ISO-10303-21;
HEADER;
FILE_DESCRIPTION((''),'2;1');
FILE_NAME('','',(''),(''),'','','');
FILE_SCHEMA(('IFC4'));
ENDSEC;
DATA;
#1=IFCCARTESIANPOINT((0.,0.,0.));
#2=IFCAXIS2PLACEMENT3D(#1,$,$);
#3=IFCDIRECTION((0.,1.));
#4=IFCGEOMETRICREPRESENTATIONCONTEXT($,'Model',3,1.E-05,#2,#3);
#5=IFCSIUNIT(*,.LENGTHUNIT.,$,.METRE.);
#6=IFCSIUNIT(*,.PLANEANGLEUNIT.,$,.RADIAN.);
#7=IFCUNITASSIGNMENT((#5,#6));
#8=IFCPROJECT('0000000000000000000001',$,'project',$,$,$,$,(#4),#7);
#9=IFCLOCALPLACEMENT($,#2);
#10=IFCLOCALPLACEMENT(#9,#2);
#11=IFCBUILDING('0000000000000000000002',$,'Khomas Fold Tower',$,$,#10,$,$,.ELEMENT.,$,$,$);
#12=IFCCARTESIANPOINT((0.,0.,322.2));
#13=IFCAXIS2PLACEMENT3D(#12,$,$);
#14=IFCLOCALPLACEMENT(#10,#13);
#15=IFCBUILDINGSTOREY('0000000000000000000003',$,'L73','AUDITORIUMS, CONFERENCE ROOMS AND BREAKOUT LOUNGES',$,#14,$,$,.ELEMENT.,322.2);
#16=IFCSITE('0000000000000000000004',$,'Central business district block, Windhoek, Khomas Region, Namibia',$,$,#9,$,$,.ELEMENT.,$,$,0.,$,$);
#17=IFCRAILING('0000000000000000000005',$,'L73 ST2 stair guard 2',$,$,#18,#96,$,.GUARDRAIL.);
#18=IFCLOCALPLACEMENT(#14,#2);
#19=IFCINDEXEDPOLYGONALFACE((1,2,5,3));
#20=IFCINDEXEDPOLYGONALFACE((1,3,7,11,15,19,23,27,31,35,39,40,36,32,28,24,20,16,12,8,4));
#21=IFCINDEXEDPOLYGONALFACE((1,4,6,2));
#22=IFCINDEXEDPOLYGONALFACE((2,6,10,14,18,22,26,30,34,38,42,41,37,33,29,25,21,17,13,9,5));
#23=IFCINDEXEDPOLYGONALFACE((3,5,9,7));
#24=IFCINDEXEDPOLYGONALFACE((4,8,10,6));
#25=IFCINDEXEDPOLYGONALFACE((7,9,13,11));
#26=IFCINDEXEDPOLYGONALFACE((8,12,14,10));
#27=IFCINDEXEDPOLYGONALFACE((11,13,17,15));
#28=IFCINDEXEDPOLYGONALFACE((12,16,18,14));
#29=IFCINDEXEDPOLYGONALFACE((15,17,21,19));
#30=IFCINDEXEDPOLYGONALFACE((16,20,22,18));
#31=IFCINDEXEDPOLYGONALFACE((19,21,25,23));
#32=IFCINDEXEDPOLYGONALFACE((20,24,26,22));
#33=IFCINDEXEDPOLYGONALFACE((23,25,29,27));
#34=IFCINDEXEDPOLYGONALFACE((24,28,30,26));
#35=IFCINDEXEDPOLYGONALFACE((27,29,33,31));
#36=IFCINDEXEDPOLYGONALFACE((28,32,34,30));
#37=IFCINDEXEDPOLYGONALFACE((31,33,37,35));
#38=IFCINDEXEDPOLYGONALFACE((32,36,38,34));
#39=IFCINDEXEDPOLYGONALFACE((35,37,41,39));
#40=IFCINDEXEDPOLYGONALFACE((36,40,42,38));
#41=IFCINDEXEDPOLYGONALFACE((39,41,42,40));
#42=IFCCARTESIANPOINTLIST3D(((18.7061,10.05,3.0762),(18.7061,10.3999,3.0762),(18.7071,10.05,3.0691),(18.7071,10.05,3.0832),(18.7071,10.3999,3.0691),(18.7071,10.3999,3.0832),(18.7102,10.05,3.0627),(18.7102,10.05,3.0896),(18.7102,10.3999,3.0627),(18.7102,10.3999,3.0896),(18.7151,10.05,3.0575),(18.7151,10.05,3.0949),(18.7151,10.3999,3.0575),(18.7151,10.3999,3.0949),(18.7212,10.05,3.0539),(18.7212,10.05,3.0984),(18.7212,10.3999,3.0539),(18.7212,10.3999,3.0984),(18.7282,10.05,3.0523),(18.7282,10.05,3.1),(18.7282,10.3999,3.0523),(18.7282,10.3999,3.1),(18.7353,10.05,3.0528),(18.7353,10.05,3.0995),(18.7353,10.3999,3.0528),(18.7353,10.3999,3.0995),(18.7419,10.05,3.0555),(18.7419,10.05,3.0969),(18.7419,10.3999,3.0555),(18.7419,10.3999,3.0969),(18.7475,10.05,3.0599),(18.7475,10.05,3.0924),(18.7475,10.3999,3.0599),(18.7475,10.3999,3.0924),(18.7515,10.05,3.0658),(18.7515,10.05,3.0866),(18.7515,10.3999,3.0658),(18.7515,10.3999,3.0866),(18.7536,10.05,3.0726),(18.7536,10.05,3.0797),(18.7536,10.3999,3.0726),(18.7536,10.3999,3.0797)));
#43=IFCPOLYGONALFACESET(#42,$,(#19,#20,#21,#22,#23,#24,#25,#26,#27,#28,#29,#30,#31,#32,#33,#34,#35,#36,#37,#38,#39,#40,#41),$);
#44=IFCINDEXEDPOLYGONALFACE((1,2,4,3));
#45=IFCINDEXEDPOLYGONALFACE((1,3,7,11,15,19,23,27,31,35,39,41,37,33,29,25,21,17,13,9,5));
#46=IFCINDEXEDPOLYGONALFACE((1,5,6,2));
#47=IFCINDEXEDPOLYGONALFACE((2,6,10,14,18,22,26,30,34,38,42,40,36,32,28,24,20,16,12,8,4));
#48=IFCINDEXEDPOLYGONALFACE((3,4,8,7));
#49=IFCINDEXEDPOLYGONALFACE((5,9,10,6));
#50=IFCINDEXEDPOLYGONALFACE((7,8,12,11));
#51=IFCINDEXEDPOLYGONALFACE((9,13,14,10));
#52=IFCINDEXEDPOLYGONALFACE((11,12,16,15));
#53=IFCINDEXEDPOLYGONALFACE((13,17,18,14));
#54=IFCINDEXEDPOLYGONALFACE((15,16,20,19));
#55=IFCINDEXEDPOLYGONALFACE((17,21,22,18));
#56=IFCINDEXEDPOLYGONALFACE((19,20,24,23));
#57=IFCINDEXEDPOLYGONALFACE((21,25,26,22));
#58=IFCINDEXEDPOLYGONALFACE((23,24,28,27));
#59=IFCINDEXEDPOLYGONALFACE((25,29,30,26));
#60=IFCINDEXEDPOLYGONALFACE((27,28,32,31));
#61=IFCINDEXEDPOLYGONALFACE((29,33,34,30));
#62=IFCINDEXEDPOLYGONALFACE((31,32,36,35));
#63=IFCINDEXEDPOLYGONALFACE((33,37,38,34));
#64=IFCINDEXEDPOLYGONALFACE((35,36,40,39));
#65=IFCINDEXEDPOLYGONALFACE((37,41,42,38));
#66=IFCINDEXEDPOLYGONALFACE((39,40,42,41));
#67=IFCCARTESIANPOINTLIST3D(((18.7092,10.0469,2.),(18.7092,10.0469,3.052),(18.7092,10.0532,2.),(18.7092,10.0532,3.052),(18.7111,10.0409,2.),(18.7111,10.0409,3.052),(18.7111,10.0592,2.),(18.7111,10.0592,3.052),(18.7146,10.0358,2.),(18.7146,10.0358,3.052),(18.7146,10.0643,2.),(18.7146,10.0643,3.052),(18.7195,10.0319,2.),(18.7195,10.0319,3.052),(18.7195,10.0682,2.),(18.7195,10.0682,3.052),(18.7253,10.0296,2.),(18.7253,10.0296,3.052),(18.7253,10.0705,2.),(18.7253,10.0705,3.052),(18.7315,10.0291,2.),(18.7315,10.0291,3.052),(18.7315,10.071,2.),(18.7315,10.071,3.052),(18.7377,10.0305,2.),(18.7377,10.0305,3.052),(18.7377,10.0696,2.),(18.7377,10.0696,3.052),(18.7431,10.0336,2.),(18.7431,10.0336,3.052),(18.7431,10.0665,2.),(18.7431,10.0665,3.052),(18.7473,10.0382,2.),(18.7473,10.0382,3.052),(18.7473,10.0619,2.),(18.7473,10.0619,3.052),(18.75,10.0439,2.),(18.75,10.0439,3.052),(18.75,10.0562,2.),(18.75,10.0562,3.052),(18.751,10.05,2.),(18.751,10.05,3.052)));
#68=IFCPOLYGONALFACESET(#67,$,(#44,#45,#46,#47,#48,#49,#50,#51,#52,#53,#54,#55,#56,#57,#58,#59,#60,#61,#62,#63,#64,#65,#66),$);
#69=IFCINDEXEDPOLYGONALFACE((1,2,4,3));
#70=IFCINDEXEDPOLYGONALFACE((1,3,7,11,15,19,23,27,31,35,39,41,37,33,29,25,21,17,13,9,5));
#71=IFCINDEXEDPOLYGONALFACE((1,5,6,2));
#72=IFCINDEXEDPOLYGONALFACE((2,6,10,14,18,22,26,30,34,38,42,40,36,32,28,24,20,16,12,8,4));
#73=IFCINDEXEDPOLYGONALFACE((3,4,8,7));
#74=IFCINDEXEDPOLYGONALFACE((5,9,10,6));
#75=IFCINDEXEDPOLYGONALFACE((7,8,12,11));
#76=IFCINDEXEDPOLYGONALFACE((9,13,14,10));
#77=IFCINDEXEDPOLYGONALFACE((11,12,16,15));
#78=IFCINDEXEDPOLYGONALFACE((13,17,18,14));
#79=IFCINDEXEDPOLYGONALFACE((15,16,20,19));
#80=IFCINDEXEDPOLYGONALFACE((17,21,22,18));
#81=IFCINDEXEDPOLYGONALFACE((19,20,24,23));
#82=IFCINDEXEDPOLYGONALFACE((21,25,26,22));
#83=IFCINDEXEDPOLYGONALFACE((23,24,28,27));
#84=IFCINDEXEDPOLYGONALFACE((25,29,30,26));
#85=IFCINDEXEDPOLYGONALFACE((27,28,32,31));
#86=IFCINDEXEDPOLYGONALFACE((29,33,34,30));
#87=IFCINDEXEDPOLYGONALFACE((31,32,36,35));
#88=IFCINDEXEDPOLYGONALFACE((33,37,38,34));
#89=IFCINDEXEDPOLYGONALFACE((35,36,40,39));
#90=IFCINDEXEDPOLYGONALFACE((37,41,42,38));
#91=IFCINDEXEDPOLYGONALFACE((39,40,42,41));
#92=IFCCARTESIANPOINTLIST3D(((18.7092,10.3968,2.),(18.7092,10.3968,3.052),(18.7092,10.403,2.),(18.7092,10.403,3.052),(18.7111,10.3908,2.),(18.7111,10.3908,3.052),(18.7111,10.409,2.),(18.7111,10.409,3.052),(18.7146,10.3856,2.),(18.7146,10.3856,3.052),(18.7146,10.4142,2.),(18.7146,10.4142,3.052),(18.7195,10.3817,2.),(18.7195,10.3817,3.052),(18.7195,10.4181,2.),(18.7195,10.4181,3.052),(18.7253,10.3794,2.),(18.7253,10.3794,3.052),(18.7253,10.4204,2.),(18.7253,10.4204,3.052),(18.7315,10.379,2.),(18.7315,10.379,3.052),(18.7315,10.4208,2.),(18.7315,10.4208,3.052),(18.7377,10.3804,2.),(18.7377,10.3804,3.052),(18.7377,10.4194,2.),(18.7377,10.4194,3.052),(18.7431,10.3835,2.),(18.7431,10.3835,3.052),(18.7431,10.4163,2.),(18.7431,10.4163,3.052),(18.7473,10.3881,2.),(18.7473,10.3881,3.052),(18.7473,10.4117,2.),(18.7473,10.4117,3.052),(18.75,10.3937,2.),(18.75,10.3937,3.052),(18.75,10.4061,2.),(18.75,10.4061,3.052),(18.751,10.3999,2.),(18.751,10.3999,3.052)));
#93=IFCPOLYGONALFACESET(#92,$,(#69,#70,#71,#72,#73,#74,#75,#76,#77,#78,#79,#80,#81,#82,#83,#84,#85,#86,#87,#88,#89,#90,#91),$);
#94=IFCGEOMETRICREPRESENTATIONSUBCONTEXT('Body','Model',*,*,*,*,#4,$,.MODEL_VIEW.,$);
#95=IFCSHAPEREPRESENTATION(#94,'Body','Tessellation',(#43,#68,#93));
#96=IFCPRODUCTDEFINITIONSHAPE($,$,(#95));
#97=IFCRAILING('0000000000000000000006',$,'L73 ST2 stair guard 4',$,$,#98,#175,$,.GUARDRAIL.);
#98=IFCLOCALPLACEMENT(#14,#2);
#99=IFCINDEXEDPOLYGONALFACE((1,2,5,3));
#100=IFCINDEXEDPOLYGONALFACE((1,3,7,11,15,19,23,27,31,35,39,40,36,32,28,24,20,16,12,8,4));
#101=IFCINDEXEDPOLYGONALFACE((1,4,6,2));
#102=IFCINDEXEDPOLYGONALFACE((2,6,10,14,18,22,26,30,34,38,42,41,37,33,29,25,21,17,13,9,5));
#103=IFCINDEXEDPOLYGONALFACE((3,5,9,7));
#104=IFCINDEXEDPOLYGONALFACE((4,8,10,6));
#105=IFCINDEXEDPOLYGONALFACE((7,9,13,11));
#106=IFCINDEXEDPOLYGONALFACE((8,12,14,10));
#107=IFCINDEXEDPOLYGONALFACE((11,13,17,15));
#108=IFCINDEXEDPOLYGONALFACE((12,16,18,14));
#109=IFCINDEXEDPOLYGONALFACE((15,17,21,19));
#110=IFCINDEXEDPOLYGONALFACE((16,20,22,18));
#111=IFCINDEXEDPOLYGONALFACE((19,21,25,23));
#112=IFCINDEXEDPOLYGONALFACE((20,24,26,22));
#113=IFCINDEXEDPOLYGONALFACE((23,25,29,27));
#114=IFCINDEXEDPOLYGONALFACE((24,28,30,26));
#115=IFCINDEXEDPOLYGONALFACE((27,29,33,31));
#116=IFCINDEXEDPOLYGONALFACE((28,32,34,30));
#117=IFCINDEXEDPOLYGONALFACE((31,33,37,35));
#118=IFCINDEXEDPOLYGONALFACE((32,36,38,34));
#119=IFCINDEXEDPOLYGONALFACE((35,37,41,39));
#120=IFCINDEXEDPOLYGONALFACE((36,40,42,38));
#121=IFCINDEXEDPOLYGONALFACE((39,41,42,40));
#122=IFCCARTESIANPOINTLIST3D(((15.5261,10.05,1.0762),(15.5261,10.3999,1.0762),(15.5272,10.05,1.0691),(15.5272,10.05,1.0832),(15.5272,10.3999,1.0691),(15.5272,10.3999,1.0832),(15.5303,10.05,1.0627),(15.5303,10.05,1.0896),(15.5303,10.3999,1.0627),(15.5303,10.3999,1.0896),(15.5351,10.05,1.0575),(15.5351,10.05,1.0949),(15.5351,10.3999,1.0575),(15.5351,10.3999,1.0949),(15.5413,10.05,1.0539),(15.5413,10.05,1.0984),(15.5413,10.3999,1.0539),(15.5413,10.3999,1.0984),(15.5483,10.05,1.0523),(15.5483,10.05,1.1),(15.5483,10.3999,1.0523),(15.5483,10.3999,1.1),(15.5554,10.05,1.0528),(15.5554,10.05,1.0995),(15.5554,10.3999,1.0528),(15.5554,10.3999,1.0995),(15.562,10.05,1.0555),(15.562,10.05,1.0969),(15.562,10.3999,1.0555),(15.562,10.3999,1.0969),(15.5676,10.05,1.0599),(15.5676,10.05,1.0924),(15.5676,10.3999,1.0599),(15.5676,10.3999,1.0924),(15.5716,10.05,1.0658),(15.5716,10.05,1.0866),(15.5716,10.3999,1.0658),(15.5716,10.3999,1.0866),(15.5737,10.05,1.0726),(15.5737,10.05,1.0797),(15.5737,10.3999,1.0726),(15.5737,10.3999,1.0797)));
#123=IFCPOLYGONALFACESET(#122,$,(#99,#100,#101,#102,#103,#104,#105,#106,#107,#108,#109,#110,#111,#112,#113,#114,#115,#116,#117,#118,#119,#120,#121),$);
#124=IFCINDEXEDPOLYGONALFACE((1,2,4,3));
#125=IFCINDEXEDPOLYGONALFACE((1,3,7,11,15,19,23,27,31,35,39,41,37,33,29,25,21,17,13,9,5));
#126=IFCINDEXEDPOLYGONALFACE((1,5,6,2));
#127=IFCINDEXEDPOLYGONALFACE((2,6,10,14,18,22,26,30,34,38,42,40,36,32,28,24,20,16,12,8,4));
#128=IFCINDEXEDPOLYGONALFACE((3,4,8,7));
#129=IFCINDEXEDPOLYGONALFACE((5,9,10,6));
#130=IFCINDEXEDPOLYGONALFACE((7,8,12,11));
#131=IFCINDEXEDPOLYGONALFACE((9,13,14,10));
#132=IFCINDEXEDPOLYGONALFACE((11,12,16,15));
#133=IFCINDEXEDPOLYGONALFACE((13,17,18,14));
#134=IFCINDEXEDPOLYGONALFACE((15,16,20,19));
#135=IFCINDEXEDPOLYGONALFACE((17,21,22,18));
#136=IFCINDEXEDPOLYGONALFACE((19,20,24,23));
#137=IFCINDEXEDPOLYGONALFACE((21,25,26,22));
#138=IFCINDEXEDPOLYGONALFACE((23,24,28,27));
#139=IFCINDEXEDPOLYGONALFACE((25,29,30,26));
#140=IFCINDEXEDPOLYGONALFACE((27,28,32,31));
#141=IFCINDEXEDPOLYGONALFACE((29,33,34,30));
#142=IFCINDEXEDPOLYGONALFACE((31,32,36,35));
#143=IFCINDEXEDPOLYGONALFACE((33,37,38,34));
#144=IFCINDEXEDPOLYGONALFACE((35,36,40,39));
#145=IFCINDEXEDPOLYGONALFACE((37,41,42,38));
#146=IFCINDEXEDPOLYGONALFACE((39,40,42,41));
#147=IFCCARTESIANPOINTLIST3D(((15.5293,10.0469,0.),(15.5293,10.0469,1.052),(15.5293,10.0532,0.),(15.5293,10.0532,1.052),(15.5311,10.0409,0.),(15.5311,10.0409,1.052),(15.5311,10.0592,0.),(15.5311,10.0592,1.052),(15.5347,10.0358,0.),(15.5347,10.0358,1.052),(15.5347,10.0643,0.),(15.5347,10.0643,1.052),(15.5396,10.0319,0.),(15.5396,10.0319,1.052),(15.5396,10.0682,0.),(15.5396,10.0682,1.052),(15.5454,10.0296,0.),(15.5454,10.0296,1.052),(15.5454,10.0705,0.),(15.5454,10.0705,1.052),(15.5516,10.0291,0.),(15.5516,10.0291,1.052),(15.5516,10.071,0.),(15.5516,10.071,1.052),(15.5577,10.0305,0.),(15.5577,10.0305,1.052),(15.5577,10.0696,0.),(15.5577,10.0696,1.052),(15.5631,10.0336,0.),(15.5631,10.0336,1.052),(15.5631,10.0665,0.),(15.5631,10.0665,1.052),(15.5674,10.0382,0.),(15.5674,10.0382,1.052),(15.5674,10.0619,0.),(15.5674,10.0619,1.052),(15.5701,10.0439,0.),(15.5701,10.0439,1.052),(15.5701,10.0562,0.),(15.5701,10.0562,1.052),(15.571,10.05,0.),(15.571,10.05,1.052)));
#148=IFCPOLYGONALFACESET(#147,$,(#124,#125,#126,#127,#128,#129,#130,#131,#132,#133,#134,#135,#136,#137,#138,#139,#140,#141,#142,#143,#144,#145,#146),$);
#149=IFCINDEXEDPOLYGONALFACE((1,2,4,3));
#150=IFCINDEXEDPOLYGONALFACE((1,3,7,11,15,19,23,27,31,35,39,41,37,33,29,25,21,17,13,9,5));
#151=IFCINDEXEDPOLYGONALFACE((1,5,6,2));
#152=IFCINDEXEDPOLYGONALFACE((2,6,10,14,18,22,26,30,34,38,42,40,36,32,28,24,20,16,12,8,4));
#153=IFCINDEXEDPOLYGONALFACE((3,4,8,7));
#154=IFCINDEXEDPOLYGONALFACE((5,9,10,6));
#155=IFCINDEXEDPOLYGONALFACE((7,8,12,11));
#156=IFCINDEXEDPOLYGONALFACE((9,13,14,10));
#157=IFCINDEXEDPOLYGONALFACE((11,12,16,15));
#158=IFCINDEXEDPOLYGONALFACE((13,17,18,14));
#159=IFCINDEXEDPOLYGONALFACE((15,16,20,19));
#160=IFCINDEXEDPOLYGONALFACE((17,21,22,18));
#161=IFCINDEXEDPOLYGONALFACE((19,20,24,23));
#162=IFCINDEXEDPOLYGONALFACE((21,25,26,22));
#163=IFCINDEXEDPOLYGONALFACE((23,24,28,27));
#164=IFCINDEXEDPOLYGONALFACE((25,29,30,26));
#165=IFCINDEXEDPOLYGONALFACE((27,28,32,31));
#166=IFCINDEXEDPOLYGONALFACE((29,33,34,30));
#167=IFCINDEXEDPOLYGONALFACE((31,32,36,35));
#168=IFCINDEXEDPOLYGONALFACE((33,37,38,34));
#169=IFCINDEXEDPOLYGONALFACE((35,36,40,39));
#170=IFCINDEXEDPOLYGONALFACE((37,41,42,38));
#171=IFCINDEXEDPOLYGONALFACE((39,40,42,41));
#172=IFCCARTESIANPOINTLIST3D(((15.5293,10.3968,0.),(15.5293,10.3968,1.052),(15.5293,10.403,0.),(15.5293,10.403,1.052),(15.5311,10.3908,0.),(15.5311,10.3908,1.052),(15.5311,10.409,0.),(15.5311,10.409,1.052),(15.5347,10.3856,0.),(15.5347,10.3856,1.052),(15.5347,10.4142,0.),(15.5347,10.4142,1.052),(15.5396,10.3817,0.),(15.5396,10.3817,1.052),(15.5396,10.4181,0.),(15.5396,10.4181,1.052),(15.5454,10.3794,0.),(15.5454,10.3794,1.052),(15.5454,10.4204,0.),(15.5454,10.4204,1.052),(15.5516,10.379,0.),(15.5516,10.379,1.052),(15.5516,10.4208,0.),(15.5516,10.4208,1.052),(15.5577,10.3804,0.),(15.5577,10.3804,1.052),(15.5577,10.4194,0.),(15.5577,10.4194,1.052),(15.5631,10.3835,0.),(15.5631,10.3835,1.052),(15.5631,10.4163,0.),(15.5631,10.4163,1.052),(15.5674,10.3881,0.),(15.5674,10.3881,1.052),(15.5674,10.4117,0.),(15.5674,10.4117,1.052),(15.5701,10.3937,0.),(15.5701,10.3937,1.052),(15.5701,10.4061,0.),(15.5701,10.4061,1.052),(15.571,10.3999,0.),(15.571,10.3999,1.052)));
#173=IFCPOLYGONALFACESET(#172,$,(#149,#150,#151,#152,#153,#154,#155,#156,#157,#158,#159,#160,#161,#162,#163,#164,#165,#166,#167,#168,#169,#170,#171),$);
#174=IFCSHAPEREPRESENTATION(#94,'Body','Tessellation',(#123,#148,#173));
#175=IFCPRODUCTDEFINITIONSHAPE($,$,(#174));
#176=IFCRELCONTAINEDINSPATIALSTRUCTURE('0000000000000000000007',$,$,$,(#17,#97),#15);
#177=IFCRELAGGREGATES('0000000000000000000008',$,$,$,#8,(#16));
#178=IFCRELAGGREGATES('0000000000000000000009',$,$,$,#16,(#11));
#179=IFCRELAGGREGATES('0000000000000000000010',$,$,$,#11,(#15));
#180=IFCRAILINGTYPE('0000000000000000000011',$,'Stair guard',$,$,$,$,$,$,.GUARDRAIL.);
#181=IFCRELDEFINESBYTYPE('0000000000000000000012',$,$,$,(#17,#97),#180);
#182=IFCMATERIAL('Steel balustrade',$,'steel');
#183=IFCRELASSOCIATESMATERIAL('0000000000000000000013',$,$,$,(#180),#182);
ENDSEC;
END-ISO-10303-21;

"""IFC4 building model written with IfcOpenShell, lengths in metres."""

from ifc_helpers import new_model, si_unit, direction, frame, origin, origin_2d, place, context, subcontext, project, spatial, circle, extrude, source, transform, mapped, material, type_object, element, save


model = new_model("IFC4")

# Units and contexts
model_context = context("Model", 3, precision=1e-05, world=origin(), true_north=direction((0.0, 1.0)))
body_context = subcontext(model_context, "Body", "Model", "MODEL_VIEW")
ifc_project = project(units=[si_unit("LENGTHUNIT", "METRE"), si_unit("PLANEANGLEUNIT", "RADIAN")], contexts=[model_context])

# Site, building, storey
site_placement = place(None, origin())
site = spatial("IfcSite", under=ifc_project, at=site_placement, Name="Central business district block, Windhoek, Khomas Region, Namibia", CompositionType="ELEMENT", RefElevation=0.0)
building_placement = place(site_placement, origin())
building = spatial("IfcBuilding", under=site, at=building_placement, Name="Khomas Fold Tower", CompositionType="ELEMENT")
storey_placement = place(building_placement, frame((0.0, 0.0, 322.2)))
storey = spatial("IfcBuildingStorey", under=building, at=storey_placement, Name="L73", Description="AUDITORIUMS, CONFERENCE ROOMS AND BREAKOUT LOUNGES", CompositionType="ELEMENT", Elevation=322.2)

# Railings
ifc_material_1 = material(Name="Steel balustrade", Category="steel")
railing_type_1 = type_object("IfcRailingType", Name="Stair guard", PredefinedType="GUARDRAIL", material=ifc_material_1)
shared_shape_1 = source(origin(), body_context, "Body", "SweptSolid", [
    extrude(circle(Radius=0.0239, at=origin_2d()), frame((0.0, 0.0, 1.0762), z_axis=(0.0, 1.0, 0.0), x_axis=(-1.0, 0.0, 0.0)), (0.0, 0.0, 1.0), 0.3499),
    extrude(circle(Radius=0.021, at=origin_2d()), origin(), (0.0, 0.0, 1.0), 1.052),
    extrude(circle(Radius=0.021, at=origin_2d()), frame((0.0, 0.3499, 0.0)), (0.0, 0.0, 1.0), 1.052),
])
for number, where, name in (
    (1, (18.73, 10.05, 2.0), "L73 ST2 stair guard 2"),
    (2, (15.55, 10.05, 0.0), "L73 ST2 stair guard 4"),
):
    element("IfcRailing", number, at=place(storey_placement, frame(where)), inside=storey, type_object=railing_type_1, Name=name, PredefinedType="GUARDRAIL", context=body_context, shape_type="MappedRepresentation", body=[
        mapped(shared_shape_1, transform((0.0, 0.0, 0.0))),
    ])

save(model, "model.ifc")
